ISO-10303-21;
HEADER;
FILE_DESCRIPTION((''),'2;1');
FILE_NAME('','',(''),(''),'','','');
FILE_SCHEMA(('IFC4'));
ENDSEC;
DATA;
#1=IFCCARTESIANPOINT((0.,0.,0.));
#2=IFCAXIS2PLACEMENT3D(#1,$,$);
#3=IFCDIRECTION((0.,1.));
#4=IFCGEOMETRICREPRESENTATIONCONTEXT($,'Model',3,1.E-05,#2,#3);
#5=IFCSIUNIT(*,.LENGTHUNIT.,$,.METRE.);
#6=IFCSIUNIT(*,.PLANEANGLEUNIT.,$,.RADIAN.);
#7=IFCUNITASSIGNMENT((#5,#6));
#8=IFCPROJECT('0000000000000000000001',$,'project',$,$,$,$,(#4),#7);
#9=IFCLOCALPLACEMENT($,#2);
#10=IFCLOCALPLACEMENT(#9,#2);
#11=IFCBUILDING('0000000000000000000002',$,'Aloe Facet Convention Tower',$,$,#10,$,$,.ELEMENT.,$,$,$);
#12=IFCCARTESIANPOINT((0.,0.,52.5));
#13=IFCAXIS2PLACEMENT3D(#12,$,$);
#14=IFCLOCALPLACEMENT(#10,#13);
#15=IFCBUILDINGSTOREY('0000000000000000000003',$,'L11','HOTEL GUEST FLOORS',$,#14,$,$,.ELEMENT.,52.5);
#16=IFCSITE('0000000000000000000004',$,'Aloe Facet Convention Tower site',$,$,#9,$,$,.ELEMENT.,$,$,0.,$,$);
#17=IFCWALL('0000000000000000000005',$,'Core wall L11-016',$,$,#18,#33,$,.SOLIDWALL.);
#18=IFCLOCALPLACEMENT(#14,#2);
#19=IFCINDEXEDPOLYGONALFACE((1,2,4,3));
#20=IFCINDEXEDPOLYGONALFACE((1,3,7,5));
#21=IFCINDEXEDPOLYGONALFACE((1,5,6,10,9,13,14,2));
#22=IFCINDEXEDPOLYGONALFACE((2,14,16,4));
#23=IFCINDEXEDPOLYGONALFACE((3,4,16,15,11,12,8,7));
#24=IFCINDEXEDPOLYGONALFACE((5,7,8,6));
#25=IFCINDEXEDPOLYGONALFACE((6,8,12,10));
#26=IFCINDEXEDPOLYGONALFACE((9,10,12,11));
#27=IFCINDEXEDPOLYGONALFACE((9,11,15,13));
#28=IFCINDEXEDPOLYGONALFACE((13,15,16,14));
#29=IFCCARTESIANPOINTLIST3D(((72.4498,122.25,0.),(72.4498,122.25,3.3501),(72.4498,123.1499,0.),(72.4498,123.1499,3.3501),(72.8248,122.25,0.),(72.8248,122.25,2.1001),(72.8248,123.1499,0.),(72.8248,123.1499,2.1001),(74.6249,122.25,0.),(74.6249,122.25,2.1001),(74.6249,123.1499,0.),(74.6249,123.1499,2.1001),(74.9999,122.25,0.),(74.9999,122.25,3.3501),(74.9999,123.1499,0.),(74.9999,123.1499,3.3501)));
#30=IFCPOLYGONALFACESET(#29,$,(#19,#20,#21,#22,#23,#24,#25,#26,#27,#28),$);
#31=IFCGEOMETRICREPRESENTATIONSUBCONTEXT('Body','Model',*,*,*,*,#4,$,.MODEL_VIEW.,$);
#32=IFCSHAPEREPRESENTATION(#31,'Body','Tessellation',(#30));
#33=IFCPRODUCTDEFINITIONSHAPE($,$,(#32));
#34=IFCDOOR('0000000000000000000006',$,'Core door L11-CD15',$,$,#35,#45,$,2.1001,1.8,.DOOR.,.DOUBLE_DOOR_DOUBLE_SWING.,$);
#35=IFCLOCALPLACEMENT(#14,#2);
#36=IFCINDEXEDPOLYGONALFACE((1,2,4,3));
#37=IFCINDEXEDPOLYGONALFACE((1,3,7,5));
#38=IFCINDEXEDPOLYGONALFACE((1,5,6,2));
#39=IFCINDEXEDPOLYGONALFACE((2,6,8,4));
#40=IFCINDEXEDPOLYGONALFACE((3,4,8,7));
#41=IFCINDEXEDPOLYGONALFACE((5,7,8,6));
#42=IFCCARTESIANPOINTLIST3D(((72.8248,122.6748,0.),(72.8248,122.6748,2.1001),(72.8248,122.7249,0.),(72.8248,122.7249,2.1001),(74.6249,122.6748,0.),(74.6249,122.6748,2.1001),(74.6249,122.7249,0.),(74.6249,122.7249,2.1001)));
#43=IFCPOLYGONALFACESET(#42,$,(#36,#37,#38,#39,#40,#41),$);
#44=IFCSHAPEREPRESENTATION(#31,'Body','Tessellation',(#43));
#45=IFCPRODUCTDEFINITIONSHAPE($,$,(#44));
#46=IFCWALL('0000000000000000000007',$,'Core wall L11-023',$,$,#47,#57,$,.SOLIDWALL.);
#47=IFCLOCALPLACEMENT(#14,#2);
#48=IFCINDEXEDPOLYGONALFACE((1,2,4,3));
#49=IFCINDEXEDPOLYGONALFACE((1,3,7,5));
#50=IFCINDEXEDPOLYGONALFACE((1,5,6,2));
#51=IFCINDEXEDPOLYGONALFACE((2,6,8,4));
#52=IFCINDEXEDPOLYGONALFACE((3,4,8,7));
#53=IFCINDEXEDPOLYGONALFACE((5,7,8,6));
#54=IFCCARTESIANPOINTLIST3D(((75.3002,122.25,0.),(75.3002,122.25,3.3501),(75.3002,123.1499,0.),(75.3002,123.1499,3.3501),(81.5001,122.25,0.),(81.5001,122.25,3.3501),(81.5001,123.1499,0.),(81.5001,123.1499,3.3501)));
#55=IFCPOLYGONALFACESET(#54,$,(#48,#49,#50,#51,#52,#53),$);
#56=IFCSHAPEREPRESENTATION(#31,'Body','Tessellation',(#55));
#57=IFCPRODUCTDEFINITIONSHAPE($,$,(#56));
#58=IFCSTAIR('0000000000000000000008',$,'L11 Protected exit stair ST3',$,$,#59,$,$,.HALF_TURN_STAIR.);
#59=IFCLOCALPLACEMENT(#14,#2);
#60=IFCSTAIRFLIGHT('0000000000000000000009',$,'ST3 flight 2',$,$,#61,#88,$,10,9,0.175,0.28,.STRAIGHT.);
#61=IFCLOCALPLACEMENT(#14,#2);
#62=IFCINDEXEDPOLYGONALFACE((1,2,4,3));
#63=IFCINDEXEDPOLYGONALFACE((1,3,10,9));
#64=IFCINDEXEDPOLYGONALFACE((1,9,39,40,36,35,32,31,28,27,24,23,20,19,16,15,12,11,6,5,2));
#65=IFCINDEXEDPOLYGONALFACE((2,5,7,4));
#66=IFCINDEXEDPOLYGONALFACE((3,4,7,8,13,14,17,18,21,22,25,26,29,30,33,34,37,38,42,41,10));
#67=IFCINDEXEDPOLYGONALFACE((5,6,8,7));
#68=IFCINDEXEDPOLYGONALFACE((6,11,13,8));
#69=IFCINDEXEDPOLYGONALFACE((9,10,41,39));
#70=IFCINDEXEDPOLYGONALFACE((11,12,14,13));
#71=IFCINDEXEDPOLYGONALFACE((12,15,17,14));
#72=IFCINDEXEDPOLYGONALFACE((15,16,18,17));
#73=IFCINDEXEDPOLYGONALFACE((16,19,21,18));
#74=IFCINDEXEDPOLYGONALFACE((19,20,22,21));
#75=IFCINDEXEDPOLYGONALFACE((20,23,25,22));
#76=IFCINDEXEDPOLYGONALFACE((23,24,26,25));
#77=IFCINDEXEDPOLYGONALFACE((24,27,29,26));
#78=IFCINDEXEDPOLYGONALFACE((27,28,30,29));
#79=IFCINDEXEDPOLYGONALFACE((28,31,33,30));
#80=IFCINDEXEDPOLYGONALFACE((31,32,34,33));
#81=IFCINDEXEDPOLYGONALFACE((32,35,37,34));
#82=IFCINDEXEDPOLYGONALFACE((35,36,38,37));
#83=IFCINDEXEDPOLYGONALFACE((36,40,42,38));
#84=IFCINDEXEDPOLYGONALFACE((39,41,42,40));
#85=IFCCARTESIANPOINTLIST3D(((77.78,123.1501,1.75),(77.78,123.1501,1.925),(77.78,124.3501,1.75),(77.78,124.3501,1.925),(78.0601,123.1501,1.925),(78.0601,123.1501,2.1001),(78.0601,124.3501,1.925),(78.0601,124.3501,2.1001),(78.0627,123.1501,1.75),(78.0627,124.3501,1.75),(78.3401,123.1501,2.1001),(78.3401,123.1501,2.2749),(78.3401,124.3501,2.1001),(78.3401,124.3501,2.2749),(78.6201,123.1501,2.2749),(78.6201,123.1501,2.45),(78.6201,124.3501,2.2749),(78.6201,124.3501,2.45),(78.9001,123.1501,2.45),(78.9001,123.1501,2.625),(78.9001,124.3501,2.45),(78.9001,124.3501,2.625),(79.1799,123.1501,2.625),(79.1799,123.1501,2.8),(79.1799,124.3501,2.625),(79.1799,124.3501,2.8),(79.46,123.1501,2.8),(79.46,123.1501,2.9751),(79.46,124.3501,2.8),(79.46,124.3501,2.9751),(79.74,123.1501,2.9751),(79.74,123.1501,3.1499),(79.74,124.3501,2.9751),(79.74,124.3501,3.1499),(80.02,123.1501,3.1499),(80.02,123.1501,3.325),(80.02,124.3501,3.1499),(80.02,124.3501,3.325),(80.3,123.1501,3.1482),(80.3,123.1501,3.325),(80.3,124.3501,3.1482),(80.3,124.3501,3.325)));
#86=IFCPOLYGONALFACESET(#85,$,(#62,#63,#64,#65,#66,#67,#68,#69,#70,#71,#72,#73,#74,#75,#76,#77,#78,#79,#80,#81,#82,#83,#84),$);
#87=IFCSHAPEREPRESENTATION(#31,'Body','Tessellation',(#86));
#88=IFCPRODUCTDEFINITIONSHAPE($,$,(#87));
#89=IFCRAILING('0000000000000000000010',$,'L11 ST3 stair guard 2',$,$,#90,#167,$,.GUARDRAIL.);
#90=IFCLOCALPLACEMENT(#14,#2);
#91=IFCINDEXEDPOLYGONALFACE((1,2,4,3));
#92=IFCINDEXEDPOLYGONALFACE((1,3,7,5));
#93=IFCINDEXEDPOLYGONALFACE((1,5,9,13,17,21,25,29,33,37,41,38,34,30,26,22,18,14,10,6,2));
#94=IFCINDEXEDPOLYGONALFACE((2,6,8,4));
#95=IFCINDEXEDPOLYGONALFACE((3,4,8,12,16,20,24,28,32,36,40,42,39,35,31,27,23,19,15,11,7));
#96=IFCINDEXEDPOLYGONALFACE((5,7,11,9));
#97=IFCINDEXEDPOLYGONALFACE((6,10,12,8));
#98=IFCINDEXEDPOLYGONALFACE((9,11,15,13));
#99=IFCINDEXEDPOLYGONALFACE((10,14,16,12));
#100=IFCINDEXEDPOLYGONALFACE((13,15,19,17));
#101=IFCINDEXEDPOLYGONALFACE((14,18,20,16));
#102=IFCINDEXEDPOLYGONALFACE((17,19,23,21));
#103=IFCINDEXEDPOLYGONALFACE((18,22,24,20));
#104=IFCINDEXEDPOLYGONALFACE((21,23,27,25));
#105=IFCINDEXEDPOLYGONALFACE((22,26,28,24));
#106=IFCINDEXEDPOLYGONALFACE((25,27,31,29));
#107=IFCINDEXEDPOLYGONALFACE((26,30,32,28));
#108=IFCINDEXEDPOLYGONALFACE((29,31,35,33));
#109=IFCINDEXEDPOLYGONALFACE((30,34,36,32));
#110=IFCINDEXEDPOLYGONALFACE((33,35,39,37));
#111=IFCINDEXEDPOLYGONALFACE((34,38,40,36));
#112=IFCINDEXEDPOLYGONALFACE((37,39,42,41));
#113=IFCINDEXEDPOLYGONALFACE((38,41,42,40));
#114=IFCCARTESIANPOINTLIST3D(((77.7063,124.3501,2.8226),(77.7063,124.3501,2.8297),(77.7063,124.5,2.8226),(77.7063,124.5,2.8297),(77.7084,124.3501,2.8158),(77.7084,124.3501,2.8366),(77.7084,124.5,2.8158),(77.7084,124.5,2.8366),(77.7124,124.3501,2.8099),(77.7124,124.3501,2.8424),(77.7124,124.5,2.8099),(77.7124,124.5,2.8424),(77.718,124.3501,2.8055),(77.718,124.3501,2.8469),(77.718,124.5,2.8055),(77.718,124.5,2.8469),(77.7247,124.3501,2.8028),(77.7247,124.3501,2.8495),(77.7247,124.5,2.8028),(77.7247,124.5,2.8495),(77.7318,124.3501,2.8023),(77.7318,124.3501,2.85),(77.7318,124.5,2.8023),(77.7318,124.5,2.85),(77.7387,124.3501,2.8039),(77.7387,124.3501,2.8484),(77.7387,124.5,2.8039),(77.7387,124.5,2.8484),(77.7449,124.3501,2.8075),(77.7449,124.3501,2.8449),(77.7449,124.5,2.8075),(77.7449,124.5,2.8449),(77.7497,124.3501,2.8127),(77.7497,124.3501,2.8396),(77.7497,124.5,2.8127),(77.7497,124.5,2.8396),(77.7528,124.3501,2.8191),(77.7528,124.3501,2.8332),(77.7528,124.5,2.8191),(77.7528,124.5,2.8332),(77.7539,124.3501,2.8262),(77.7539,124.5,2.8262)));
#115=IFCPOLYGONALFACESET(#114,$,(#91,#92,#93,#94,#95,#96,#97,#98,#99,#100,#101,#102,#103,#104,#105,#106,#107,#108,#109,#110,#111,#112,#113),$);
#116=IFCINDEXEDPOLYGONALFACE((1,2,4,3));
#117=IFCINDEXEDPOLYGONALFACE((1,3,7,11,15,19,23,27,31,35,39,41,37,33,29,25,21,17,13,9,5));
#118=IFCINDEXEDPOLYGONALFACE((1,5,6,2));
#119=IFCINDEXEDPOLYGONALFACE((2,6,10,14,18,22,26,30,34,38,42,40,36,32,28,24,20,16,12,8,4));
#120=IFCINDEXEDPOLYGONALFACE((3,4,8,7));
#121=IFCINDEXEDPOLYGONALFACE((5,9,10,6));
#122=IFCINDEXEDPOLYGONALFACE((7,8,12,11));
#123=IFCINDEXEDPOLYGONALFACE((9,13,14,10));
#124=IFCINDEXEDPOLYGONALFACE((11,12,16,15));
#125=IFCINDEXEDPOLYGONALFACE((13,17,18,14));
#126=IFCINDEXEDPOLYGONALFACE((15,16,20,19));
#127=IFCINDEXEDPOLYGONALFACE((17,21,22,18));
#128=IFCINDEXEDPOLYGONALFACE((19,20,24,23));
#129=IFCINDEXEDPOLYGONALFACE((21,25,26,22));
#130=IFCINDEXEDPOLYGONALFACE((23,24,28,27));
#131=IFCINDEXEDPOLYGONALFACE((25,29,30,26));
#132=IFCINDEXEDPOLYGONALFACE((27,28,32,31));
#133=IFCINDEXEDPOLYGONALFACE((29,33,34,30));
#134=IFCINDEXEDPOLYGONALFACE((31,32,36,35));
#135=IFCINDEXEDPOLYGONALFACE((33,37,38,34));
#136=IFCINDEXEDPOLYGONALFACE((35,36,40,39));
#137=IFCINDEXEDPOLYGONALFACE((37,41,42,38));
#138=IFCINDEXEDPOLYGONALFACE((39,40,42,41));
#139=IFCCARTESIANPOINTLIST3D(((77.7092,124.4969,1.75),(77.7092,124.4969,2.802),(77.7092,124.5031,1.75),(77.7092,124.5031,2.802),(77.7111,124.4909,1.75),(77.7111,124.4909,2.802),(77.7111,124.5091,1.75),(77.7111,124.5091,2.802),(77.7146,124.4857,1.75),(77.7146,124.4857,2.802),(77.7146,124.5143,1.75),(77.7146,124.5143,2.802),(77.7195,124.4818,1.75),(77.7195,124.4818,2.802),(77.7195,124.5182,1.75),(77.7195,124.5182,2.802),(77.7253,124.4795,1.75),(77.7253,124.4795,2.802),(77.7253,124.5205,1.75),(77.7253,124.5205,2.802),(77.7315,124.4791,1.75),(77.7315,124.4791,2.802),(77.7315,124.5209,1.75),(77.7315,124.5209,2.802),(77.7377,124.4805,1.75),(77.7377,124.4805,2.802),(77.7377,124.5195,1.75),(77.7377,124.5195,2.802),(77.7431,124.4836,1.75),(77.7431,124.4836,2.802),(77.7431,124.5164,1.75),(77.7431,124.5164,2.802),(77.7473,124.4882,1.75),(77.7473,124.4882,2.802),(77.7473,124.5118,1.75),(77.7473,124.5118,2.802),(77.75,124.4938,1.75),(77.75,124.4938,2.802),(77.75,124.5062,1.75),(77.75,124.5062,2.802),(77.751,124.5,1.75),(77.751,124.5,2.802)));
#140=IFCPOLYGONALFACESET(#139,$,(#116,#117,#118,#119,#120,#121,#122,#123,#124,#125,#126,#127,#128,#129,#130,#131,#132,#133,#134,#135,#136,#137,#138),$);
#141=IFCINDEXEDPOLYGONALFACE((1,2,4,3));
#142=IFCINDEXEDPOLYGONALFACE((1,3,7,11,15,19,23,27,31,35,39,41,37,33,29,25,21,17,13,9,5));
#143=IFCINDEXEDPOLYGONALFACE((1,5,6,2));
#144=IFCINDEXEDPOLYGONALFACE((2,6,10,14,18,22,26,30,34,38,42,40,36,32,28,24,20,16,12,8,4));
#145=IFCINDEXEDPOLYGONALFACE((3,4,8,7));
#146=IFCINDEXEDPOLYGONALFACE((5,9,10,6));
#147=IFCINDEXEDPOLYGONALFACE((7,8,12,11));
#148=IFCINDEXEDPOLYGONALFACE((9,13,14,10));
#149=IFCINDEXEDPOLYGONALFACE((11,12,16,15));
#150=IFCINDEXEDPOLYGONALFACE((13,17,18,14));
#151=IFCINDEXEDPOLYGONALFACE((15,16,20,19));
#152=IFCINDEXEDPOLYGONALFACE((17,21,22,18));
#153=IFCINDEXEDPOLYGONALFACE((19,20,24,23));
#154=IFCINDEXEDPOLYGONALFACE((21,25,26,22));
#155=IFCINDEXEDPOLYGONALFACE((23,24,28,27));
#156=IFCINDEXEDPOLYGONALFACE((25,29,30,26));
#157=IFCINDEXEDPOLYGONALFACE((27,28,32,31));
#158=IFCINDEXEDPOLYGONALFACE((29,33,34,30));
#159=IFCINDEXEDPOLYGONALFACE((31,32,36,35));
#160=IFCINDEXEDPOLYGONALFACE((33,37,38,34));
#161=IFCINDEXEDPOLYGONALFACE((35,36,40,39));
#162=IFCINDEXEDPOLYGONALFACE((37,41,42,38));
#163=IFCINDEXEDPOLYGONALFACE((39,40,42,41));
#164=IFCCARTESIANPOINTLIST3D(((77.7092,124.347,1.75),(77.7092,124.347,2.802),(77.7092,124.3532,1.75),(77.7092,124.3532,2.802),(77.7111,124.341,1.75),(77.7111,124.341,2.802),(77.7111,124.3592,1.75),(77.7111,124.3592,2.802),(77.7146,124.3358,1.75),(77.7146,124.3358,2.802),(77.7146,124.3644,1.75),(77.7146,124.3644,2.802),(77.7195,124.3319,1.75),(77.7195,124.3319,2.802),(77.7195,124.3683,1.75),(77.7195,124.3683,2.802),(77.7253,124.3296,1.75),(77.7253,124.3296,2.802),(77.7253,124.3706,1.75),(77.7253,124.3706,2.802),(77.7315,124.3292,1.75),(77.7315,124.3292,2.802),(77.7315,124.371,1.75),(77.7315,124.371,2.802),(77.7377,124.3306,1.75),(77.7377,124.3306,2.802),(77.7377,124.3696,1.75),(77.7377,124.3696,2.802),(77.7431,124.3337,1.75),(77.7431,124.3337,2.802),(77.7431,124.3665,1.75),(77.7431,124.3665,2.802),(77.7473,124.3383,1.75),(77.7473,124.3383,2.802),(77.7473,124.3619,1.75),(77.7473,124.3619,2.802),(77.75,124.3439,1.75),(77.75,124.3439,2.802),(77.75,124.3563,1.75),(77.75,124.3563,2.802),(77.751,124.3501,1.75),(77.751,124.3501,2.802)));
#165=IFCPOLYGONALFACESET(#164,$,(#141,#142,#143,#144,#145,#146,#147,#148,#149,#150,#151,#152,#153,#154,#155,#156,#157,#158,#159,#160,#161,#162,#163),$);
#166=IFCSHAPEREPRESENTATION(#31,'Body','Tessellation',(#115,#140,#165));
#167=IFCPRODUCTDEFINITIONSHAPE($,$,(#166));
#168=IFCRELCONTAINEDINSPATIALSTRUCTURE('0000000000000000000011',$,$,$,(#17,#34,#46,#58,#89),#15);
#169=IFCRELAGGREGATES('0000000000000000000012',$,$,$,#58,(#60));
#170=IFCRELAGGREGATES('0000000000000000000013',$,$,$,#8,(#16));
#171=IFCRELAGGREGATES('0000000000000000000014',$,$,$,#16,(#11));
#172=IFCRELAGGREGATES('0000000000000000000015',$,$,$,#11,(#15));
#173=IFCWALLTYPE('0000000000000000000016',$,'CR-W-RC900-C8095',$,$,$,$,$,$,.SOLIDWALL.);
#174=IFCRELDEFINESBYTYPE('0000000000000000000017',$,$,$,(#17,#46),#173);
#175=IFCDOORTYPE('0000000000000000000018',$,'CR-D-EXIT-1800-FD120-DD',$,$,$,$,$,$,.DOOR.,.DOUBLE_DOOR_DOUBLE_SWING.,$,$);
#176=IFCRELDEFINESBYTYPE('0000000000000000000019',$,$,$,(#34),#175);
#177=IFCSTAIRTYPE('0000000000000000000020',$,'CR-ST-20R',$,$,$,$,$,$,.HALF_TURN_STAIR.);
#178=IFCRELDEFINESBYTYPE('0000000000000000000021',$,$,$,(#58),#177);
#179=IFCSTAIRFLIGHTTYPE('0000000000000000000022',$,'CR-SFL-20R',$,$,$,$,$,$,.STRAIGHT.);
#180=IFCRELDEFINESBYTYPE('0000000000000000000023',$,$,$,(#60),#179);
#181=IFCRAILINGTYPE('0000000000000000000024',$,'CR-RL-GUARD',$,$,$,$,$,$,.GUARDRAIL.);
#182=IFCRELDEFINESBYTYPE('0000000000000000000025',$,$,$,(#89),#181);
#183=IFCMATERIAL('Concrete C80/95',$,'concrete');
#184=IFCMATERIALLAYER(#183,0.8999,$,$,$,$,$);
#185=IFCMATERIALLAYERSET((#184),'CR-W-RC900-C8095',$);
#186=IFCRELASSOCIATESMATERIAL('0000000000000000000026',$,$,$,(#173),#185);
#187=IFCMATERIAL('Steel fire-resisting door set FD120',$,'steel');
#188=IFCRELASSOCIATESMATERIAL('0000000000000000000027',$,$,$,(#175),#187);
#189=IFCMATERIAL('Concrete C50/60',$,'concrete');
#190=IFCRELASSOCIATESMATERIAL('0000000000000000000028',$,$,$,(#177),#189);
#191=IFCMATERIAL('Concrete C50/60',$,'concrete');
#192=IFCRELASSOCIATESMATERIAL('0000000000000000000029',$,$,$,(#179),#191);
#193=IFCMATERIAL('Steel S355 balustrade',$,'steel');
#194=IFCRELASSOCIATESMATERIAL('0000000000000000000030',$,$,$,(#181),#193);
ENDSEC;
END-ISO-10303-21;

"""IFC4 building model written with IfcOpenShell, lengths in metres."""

from ifc_helpers import new_model, si_unit, direction, frame, frame_2d, origin, origin_2d, place, context, subcontext, project, spatial, polyline, rectangle, circle, outline, extrude, material, layer, layer_set, type_object, element, fill, aggregate, save


model = new_model("IFC4")

# Units and contexts
model_context = context("Model", 3, precision=1e-05, world=origin(), true_north=direction((0.0, 1.0)))
body_context = subcontext(model_context, "Body", "Model", "MODEL_VIEW")
ifc_project = project(units=[si_unit("LENGTHUNIT", "METRE"), si_unit("PLANEANGLEUNIT", "RADIAN")], contexts=[model_context])

# Site, building, storey
site_placement = place(None, origin())
site = spatial("IfcSite", under=ifc_project, at=site_placement, Name="Aloe Facet Convention Tower site", CompositionType="ELEMENT", RefElevation=0.0)
building_placement = place(site_placement, origin())
building = spatial("IfcBuilding", under=site, at=building_placement, Name="Aloe Facet Convention Tower", CompositionType="ELEMENT")
storey_placement = place(building_placement, frame((0.0, 0.0, 52.5)))
storey = spatial("IfcBuildingStorey", under=building, at=storey_placement, Name="L11", Description="HOTEL GUEST FLOORS", CompositionType="ELEMENT", Elevation=52.5)

# Shared definitions
ifc_material_1 = material(Name="Concrete C80/95", Category="concrete")
ifc_layer_1 = layer(ifc_material_1, 0.8999)
ifc_layer_set_1 = layer_set([ifc_layer_1], Name="CR-W-RC900-C8095")
wall_type_1 = type_object("IfcWallType", Name="CR-W-RC900-C8095", PredefinedType="SOLIDWALL", material=ifc_layer_set_1)

# Wall, opening, door
wall_1_placement = place(storey_placement, frame((72.45, 122.7, 0.0), z_axis=(0.0, 0.0, 1.0), x_axis=(1.0, 0.0, 0.0)))
wall_1 = element("IfcWall", 1, at=wall_1_placement, inside=storey, type_object=wall_type_1, Name="Core wall L11-016", PredefinedType="SOLIDWALL", context=body_context, shape_type="SweptSolid", body=[
    extrude(rectangle(XDim=2.55, YDim=0.8999, at=frame_2d((1.2749, 0.0))), origin(), (0.0, 0.0, 1.0), 3.3501),
])
opening_placement = place(wall_1_placement, frame((0.375, 0.0, 0.0)))
opening = element("IfcOpeningElement", 2, at=opening_placement, cuts=wall_1, PredefinedType="OPENING", context=body_context, shape_type="SweptSolid", body=[
    extrude(rectangle(XDim=1.8, YDim=2.1001, at=frame_2d((0.8999, 1.05))), frame((0.0, 0.46, 0.0), z_axis=(0.0, -1.0, 0.0), x_axis=(1.0, 0.0, 0.0)), (0.0, 0.0, 1.0), 0.9199),
])
ifc_material_2 = material(Name="Steel fire-resisting door set FD120", Category="steel")
door_type = type_object("IfcDoorType", Name="CR-D-EXIT-1800-FD120-DD", OperationType="DOUBLE_DOOR_DOUBLE_SWING", PredefinedType="DOOR", material=ifc_material_2)
door_placement = place(opening_placement, origin())
door = element("IfcDoor", 3, at=door_placement, inside=storey, type_object=door_type, Name="Core door L11-CD15", OperationType="DOUBLE_DOOR_DOUBLE_SWING", OverallHeight=2.1001, OverallWidth=1.8, PredefinedType="DOOR", context=body_context, shape_type="SweptSolid", body=[
    extrude(rectangle(XDim=1.8, YDim=2.1001, at=frame_2d((0.8999, 1.05))), frame((0.0, 0.0249, 0.0), z_axis=(0.0, -1.0, 0.0), x_axis=(1.0, 0.0, 0.0)), (0.0, 0.0, 1.0), 0.05),
])
fill(opening, door)

# Wall
wall_2_placement = place(storey_placement, frame((75.3, 122.7, 0.0), z_axis=(0.0, 0.0, 1.0), x_axis=(1.0, 0.0, 0.0)))
element("IfcWall", 4, at=wall_2_placement, inside=storey, type_object=wall_type_1, Name="Core wall L11-023", PredefinedType="SOLIDWALL", context=body_context, shape_type="SweptSolid", body=[
    extrude(rectangle(XDim=6.2, YDim=0.8999, at=frame_2d((3.1001, 0.0))), origin(), (0.0, 0.0, 1.0), 3.3501),
])

# Stair, stair flight
ifc_material_3 = material(Name="Concrete C50/60", Category="concrete")
stair_type = type_object("IfcStairType", Name="CR-ST-20R", PredefinedType="HALF_TURN_STAIR", material=ifc_material_3)
stair_placement = place(storey_placement, origin())
stair = element("IfcStair", 5, at=stair_placement, inside=storey, type_object=stair_type, Name="L11 Protected exit stair ST3", PredefinedType="HALF_TURN_STAIR")
ifc_material_4 = material(Name="Concrete C50/60", Category="concrete")
stair_flight_type = type_object("IfcStairFlightType", Name="CR-SFL-20R", PredefinedType="STRAIGHT", material=ifc_material_4)
stair_flight_placement = place(storey_placement, frame((77.78, 123.75, 1.75), z_axis=(0.0, 0.0, 1.0), x_axis=(1.0, 0.0, 0.0)))
stair_flight = element("IfcStairFlight", 6, at=stair_flight_placement, type_object=stair_flight_type, Name="ST3 flight 2", NumberOfRisers=10, NumberOfTreads=9, PredefinedType="STRAIGHT", RiserHeight=0.175, TreadLength=0.28, context=body_context, shape_type="SweptSolid", body=[
    extrude(outline(polyline([(0.0, 0.0), (0.0, 0.175), (0.28, 0.175), (0.28, 0.3501), (0.5601, 0.3501), (0.5601, 0.5249), (0.8401, 0.5249), (0.8401, 0.7), (1.1201, 0.7), (1.1201, 0.875), (1.3999, 0.875), (1.3999, 1.05), (1.6799, 1.05), (1.6799, 1.2251), (1.96, 1.2251), (1.96, 1.3999), (2.24, 1.3999), (2.24, 1.575), (2.52, 1.575), (2.52, 1.75), (2.52, 1.3982), (0.2827, 0.0), (0.0, 0.0)])), frame((0.0, 0.6001, 0.0), z_axis=(0.0, -1.0, 0.0), x_axis=(1.0, 0.0, 0.0)), (0.0, 0.0, 1.0), 1.2),
])
aggregate(stair, [stair_flight])

# Railing
ifc_material_5 = material(Name="Steel S355 balustrade", Category="steel")
railing_type_1 = type_object("IfcRailingType", Name="CR-RL-GUARD", PredefinedType="GUARDRAIL", material=ifc_material_5)
railing_1_placement = place(storey_placement, frame((77.73, 124.5, 1.75)))
element("IfcRailing", 7, at=railing_1_placement, inside=storey, type_object=railing_type_1, Name="L11 ST3 stair guard 2", PredefinedType="GUARDRAIL", context=body_context, shape_type="SweptSolid", body=[
    extrude(circle(Radius=0.0239, at=origin_2d()), frame((0.0, 0.0, 1.0762), z_axis=(0.0, -1.0, 0.0), x_axis=(1.0, 0.0, 0.0)), (0.0, 0.0, 1.0), 0.1499),
    extrude(circle(Radius=0.021, at=origin_2d()), origin(), (0.0, 0.0, 1.0), 1.052),
    extrude(circle(Radius=0.021, at=origin_2d()), frame((0.0, -0.1499, 0.0)), (0.0, 0.0, 1.0), 1.052),
])

save(model, "model.ifc")
